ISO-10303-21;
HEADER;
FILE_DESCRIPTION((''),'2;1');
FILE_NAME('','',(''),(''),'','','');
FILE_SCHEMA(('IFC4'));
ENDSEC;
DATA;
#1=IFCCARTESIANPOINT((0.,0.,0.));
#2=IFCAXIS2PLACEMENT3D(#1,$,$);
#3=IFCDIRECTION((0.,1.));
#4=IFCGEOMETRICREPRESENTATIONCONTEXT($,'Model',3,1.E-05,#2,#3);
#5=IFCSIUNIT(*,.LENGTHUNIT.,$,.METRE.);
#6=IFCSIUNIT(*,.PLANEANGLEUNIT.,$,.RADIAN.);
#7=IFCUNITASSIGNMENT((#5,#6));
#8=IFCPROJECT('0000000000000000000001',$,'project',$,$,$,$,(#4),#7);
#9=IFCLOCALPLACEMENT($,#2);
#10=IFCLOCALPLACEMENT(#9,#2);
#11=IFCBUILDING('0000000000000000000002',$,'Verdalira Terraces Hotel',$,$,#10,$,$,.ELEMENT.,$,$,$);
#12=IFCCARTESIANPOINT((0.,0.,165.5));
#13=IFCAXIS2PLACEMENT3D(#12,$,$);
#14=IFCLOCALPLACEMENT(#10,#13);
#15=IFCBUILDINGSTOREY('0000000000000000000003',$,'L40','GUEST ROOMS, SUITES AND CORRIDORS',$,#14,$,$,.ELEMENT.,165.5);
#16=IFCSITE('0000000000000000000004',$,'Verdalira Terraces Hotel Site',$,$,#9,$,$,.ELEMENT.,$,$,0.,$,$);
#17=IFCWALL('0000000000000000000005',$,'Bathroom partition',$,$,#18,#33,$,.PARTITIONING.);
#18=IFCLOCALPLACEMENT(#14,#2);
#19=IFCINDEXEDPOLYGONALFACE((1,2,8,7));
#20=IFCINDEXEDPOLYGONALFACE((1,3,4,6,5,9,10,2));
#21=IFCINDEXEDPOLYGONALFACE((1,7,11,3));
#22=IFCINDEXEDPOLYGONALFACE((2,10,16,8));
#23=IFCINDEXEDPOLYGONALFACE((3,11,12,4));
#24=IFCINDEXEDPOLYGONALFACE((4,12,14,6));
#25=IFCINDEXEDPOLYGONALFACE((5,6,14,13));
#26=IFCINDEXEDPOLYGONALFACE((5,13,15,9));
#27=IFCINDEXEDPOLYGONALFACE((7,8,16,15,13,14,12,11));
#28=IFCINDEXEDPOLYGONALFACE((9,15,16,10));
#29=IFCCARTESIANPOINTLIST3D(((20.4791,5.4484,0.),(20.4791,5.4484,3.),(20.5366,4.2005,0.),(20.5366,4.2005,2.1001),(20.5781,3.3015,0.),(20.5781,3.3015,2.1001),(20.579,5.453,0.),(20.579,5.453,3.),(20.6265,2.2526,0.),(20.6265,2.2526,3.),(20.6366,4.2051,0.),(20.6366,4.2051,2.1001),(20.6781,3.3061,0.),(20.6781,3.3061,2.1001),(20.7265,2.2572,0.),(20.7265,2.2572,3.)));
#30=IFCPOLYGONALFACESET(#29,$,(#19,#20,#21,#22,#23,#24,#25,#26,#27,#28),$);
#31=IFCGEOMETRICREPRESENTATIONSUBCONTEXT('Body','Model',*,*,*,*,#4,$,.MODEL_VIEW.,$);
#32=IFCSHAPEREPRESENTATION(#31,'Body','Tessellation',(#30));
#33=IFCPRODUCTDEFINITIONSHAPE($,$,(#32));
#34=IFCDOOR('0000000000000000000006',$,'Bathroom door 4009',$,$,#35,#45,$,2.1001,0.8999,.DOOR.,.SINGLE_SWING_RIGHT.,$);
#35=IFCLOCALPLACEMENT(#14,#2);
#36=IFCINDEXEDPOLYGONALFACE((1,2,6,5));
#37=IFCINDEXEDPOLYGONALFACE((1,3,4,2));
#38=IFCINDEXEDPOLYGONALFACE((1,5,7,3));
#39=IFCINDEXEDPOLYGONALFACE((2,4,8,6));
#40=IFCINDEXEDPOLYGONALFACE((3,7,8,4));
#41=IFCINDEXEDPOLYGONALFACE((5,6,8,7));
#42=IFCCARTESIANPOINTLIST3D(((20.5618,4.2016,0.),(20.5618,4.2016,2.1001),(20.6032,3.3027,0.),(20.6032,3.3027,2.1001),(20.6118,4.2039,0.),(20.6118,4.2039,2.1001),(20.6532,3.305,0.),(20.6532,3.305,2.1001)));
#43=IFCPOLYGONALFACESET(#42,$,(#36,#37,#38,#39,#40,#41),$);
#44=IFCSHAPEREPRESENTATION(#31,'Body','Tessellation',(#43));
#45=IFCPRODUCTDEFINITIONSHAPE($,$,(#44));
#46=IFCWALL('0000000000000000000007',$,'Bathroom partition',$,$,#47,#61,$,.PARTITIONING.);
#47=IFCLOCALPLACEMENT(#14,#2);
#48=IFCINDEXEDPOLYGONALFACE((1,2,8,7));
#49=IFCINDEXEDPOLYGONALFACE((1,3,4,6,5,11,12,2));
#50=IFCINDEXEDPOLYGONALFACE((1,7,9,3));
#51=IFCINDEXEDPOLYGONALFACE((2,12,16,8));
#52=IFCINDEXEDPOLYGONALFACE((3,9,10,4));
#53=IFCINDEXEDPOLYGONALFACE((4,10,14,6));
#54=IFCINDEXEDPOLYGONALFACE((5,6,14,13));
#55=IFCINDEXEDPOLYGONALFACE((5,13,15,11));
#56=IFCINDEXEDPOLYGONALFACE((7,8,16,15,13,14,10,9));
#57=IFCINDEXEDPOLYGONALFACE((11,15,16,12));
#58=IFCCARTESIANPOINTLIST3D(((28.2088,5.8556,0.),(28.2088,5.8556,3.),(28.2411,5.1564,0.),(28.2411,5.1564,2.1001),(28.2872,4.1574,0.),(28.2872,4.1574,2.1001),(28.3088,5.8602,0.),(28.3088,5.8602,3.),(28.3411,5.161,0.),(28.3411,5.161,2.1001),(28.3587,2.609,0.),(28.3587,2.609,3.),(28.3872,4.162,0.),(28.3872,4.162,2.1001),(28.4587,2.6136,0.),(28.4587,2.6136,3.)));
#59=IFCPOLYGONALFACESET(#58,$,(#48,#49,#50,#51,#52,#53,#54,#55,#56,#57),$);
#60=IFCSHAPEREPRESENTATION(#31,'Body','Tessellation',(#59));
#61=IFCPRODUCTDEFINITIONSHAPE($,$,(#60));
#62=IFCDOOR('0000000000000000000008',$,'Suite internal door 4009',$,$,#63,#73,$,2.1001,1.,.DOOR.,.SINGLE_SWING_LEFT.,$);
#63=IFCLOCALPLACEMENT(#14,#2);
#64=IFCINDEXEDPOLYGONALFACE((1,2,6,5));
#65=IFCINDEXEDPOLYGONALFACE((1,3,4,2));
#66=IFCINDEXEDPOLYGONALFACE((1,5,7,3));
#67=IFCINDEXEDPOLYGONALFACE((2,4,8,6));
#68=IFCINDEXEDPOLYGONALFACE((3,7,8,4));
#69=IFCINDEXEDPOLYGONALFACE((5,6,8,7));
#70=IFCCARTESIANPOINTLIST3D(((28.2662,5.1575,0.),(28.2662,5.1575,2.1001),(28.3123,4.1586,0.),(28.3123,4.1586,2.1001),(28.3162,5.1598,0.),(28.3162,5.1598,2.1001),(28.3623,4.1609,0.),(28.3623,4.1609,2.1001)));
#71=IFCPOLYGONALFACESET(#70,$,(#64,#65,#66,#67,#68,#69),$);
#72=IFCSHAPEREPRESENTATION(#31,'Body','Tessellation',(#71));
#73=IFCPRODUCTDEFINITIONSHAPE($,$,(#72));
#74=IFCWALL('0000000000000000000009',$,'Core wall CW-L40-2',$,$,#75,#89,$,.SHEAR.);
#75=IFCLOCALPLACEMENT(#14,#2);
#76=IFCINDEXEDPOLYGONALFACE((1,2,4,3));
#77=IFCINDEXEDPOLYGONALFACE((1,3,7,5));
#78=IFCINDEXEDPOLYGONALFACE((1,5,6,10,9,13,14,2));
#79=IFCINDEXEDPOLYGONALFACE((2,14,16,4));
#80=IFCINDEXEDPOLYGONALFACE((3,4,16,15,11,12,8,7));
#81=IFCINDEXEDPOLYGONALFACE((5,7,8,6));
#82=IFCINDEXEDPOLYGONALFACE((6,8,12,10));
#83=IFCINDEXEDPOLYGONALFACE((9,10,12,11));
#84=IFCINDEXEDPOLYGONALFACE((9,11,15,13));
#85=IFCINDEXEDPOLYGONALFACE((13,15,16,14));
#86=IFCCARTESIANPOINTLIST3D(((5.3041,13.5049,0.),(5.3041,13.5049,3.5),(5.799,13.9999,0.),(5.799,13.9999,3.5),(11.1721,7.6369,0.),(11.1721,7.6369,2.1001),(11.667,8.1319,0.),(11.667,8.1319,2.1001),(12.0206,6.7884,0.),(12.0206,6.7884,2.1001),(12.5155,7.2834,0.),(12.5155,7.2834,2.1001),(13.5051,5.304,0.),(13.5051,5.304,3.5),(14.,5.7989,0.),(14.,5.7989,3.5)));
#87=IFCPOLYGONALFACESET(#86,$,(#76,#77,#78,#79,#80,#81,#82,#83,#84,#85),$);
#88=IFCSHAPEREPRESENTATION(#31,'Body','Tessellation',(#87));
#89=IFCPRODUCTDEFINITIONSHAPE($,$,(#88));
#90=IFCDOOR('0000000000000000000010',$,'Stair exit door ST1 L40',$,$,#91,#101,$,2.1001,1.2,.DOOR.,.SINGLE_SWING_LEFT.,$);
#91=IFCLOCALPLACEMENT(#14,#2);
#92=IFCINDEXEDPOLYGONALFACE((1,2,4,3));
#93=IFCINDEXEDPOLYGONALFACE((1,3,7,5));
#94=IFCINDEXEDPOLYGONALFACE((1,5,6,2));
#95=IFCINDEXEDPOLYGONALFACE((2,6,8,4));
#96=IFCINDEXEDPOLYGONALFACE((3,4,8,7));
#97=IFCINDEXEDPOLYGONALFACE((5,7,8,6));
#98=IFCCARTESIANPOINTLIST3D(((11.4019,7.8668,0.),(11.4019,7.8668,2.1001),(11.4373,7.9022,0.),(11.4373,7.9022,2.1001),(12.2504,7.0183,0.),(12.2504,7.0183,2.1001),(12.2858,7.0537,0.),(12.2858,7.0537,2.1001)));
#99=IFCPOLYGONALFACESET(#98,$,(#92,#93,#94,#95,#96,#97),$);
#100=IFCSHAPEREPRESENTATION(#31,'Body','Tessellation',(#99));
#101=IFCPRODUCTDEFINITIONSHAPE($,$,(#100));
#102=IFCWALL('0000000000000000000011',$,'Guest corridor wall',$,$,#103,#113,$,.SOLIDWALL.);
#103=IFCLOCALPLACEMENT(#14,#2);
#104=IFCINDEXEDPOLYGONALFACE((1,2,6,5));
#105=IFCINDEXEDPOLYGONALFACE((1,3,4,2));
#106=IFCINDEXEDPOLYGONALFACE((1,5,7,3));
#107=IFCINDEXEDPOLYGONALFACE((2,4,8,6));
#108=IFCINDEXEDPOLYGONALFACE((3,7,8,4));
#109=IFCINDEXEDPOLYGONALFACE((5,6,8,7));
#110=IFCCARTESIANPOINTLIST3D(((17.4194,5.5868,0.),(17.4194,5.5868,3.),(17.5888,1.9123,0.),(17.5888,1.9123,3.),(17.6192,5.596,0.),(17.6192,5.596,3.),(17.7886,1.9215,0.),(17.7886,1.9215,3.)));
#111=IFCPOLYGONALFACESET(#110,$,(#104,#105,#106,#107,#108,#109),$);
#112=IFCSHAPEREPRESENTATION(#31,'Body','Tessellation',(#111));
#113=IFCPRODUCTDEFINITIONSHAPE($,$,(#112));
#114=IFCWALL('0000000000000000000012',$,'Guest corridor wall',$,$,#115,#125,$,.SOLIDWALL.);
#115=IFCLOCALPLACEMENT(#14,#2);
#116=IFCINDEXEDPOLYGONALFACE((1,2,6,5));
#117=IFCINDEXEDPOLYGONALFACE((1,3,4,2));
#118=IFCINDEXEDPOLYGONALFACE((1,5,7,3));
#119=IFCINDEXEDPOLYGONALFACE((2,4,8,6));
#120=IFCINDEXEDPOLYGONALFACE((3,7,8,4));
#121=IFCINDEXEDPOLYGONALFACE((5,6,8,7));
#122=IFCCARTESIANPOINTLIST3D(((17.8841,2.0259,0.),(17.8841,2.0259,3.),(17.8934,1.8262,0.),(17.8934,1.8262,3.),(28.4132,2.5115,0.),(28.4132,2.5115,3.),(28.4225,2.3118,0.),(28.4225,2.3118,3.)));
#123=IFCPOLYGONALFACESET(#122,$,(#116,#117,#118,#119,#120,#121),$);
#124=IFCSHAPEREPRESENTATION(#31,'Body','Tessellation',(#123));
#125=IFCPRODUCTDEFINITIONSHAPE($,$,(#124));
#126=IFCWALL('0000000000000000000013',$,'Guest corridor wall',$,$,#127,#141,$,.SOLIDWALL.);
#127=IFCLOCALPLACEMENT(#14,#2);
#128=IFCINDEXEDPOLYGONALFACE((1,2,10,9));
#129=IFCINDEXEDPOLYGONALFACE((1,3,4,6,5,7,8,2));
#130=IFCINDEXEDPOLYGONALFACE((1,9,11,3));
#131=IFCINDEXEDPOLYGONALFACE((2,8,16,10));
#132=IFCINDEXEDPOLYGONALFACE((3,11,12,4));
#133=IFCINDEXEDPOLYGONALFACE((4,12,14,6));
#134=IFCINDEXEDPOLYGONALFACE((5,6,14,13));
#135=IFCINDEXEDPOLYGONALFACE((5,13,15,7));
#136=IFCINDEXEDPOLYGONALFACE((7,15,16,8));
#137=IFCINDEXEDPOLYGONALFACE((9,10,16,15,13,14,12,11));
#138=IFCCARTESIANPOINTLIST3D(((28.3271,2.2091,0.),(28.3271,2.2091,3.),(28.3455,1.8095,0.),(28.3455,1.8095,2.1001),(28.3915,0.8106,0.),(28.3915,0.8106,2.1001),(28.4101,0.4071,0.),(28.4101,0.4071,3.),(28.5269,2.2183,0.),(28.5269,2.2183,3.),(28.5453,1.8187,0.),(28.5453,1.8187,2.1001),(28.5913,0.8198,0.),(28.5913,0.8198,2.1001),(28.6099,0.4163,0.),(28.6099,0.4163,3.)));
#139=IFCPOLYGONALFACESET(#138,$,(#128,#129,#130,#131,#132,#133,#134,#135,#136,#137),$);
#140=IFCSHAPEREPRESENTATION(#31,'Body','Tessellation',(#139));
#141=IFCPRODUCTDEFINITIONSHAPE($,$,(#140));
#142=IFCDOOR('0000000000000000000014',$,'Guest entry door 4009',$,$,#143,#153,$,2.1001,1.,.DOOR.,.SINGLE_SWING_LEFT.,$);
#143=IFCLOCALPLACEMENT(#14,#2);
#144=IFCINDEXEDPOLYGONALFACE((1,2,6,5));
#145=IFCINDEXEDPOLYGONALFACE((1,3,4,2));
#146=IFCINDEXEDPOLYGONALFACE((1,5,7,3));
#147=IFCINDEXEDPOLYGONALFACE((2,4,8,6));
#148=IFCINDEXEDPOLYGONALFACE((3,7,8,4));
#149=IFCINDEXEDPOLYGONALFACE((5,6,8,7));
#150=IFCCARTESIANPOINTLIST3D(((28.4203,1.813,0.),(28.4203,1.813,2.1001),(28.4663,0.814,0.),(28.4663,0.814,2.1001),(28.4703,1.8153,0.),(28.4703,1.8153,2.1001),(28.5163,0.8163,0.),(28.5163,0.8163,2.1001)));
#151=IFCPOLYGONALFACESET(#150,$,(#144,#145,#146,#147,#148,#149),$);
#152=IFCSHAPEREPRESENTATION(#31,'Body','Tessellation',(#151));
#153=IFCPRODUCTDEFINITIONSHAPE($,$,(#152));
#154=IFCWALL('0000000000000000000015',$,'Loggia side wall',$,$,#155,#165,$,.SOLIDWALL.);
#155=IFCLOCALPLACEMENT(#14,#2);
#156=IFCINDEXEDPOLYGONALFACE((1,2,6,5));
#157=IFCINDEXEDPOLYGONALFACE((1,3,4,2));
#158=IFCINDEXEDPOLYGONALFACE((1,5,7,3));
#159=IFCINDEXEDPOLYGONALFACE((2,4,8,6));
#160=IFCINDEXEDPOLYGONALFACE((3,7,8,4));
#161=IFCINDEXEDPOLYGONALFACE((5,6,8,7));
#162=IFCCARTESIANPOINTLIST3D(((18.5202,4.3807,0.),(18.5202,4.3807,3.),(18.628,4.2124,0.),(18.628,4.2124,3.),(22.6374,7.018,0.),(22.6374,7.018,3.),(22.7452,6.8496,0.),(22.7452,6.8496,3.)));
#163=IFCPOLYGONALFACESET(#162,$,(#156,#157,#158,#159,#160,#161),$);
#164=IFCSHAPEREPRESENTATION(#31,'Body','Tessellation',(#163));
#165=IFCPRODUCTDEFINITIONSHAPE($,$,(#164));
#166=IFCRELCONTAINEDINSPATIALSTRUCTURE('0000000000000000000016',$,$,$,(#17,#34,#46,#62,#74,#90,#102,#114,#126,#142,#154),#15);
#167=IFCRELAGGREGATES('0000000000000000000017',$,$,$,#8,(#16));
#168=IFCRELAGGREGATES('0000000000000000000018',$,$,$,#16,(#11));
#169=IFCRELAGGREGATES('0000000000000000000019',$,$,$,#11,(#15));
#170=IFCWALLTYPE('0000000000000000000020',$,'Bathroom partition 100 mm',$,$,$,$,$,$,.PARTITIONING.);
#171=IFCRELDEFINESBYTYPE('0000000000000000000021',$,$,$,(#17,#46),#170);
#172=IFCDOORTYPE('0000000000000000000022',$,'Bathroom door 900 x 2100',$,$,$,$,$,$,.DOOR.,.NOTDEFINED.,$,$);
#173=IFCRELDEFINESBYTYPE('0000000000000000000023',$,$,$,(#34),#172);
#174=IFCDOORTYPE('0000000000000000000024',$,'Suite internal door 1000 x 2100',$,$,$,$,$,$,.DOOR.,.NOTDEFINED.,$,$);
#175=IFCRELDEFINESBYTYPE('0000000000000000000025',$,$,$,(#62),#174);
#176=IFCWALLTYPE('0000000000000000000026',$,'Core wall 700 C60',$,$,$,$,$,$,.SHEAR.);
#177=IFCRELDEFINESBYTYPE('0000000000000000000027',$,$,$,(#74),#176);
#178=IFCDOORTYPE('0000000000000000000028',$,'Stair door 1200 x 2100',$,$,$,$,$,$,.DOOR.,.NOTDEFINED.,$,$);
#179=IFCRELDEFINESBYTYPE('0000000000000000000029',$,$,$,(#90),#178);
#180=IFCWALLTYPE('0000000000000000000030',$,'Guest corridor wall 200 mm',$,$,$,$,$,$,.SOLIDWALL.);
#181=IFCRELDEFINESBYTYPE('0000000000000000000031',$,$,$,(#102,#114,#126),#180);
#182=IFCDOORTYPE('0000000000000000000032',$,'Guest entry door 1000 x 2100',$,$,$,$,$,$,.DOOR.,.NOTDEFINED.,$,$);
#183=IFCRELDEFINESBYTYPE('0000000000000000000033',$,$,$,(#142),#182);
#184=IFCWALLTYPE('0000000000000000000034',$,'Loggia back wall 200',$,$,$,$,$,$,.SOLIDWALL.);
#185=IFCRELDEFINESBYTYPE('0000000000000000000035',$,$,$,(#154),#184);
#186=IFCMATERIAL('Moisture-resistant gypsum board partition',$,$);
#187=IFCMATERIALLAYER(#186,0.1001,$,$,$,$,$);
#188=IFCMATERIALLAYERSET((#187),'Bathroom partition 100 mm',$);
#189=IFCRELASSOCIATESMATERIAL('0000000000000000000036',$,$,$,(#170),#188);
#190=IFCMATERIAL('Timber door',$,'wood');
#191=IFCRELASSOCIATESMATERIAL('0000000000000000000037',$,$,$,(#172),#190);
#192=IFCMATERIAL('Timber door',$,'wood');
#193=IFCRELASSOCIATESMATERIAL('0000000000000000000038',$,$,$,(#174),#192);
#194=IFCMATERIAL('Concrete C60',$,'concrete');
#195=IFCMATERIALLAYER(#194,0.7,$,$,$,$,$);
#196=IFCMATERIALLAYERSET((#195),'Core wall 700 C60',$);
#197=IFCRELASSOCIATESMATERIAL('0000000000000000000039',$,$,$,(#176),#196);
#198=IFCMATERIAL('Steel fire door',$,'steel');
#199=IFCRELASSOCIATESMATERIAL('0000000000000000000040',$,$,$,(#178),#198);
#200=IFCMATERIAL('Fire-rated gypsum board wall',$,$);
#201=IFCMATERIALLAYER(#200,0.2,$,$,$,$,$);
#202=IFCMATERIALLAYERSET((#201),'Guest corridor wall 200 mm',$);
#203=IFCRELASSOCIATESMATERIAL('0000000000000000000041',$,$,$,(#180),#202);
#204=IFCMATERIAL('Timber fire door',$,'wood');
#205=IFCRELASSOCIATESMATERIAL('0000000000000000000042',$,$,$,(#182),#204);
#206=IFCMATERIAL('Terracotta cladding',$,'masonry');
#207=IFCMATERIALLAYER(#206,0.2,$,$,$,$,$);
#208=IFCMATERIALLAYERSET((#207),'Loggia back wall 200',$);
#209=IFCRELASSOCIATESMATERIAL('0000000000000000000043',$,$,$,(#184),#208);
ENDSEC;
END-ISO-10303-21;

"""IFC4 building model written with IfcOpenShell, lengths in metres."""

from ifc_helpers import new_model, si_unit, direction, frame, frame_2d, origin, place, context, subcontext, project, spatial, rectangle, extrude, material, layer, layer_set, type_object, element, fill, save


model = new_model("IFC4")

# Units and contexts
model_context = context("Model", 3, precision=1e-05, world=origin(), true_north=direction((0.0, 1.0)))
body_context = subcontext(model_context, "Body", "Model", "MODEL_VIEW")
ifc_project = project(units=[si_unit("LENGTHUNIT", "METRE"), si_unit("PLANEANGLEUNIT", "RADIAN")], contexts=[model_context])

# Site, building, storey
site_placement = place(None, origin())
site = spatial("IfcSite", under=ifc_project, at=site_placement, Name="Verdalira Terraces Hotel Site", CompositionType="ELEMENT", RefElevation=0.0)
building_placement = place(site_placement, origin())
building = spatial("IfcBuilding", under=site, at=building_placement, Name="Verdalira Terraces Hotel", CompositionType="ELEMENT")
storey_placement = place(building_placement, frame((0.0, 0.0, 165.5)))
storey = spatial("IfcBuildingStorey", under=building, at=storey_placement, Name="L40", Description="GUEST ROOMS, SUITES AND CORRIDORS", CompositionType="ELEMENT", Elevation=165.5)

# Walls, openings, doors
ifc_material_1 = material(Name="Moisture-resistant gypsum board partition")
ifc_layer_1 = layer(ifc_material_1, 0.1001)
ifc_layer_set_1 = layer_set([ifc_layer_1], Name="Bathroom partition 100 mm")
wall_type_1 = type_object("IfcWallType", Name="Bathroom partition 100 mm", PredefinedType="PARTITIONING", material=ifc_layer_set_1)
wall_1_placement = place(storey_placement, frame((20.6765, 2.2549, 0.0), z_axis=(0.0, 0.0, 1.0), x_axis=(-0.046093, 0.998937, 0.0)))
wall_1 = element("IfcWall", 1, at=wall_1_placement, inside=storey, type_object=wall_type_1, Name="Bathroom partition", PredefinedType="PARTITIONING", context=body_context, shape_type="SweptSolid", body=[
    extrude(rectangle(XDim=3.1992, YDim=0.1001, at=frame_2d((1.5996, 0.0))), origin(), (0.0, 0.0, 1.0), 3.0),
])
opening_1_placement = place(wall_1_placement, frame((1.05, 0.0, 0.0)))
opening_1 = element("IfcOpeningElement", 2, at=opening_1_placement, cuts=wall_1, PredefinedType="OPENING", context=body_context, shape_type="SweptSolid", body=[
    extrude(rectangle(XDim=0.8999, YDim=2.1001, at=frame_2d((0.45, 1.05))), frame((0.0, 0.0601, 0.0), z_axis=(0.0, -1.0, 0.0), x_axis=(1.0, 0.0, 0.0)), (0.0, 0.0, 1.0), 0.1201),
])
ifc_material_2 = material(Name="Timber door", Category="wood")
door_type_1 = type_object("IfcDoorType", Name="Bathroom door 900 x 2100", OperationType="NOTDEFINED", PredefinedType="DOOR", material=ifc_material_2)
door_1_placement = place(opening_1_placement, origin())
door_1 = element("IfcDoor", 3, at=door_1_placement, inside=storey, type_object=door_type_1, Name="Bathroom door 4009", OperationType="SINGLE_SWING_RIGHT", OverallHeight=2.1001, OverallWidth=0.8999, PredefinedType="DOOR", context=body_context, shape_type="SweptSolid", body=[
    extrude(rectangle(XDim=0.8999, YDim=2.1001, at=frame_2d((0.45, 1.05))), frame((0.0, 0.0249, 0.0), z_axis=(0.0, -1.0, 0.0), x_axis=(1.0, 0.0, 0.0)), (0.0, 0.0, 1.0), 0.05),
])
fill(opening_1, door_1)
wall_2_placement = place(storey_placement, frame((28.4087, 2.6113, 0.0), z_axis=(0.0, 0.0, 1.0), x_axis=(-0.046123, 0.998936, 0.0)))
wall_2 = element("IfcWall", 4, at=wall_2_placement, inside=storey, type_object=wall_type_1, Name="Bathroom partition", PredefinedType="PARTITIONING", context=body_context, shape_type="SweptSolid", body=[
    extrude(rectangle(XDim=3.25, YDim=0.1001, at=frame_2d((1.625, 0.0))), origin(), (0.0, 0.0, 1.0), 3.0),
])
opening_2_placement = place(wall_2_placement, frame((1.55, 0.0, 0.0)))
opening_2 = element("IfcOpeningElement", 5, at=opening_2_placement, cuts=wall_2, PredefinedType="OPENING", context=body_context, shape_type="SweptSolid", body=[
    extrude(rectangle(XDim=1.0, YDim=2.1001, at=frame_2d((0.5, 1.05))), frame((0.0, 0.0601, 0.0), z_axis=(0.0, -1.0, 0.0), x_axis=(1.0, 0.0, 0.0)), (0.0, 0.0, 1.0), 0.1201),
])
ifc_material_3 = material(Name="Timber door", Category="wood")
door_type_2 = type_object("IfcDoorType", Name="Suite internal door 1000 x 2100", OperationType="NOTDEFINED", PredefinedType="DOOR", material=ifc_material_3)
door_2_placement = place(opening_2_placement, origin())
door_2 = element("IfcDoor", 6, at=door_2_placement, inside=storey, type_object=door_type_2, Name="Suite internal door 4009", OperationType="SINGLE_SWING_LEFT", OverallHeight=2.1001, OverallWidth=1.0, PredefinedType="DOOR", context=body_context, shape_type="SweptSolid", body=[
    extrude(rectangle(XDim=1.0, YDim=2.1001, at=frame_2d((0.5, 1.05))), frame((0.0, 0.0249, 0.0), z_axis=(0.0, -1.0, 0.0), x_axis=(1.0, 0.0, 0.0)), (0.0, 0.0, 1.0), 0.05),
])
fill(opening_2, door_2)
ifc_material_4 = material(Name="Concrete C60", Category="concrete")
ifc_layer_2 = layer(ifc_material_4, 0.7)
ifc_layer_set_2 = layer_set([ifc_layer_2], Name="Core wall 700 C60")
wall_type_2 = type_object("IfcWallType", Name="Core wall 700 C60", PredefinedType="SHEAR", material=ifc_layer_set_2)
wall_3_placement = place(storey_placement, frame((13.7524, 5.5515, 0.0), z_axis=(0.0, 0.0, 1.0), x_axis=(-0.707107, 0.707107, 0.0)))
wall_3 = element("IfcWall", 7, at=wall_3_placement, inside=storey, type_object=wall_type_2, Name="Core wall CW-L40-2", PredefinedType="SHEAR", context=body_context, shape_type="SweptSolid", body=[
    extrude(rectangle(XDim=11.5979, YDim=0.7, at=frame_2d((5.7988, 0.0))), origin(), (0.0, 0.0, 1.0), 3.5),
])
opening_3_placement = place(wall_3_placement, frame((2.0991, 0.0, 0.0)))
opening_3 = element("IfcOpeningElement", 8, at=opening_3_placement, cuts=wall_3, PredefinedType="OPENING", context=body_context, shape_type="SweptSolid", body=[
    extrude(rectangle(XDim=1.2, YDim=2.1001, at=frame_2d((0.6001, 1.05))), frame((0.0, 0.3599, 0.0), z_axis=(0.0, -1.0, 0.0), x_axis=(1.0, 0.0, 0.0)), (0.0, 0.0, 1.0), 0.72),
])
ifc_material_5 = material(Name="Steel fire door", Category="steel")
door_type_3 = type_object("IfcDoorType", Name="Stair door 1200 x 2100", OperationType="NOTDEFINED", PredefinedType="DOOR", material=ifc_material_5)
door_3_placement = place(opening_3_placement, origin())
door_3 = element("IfcDoor", 9, at=door_3_placement, inside=storey, type_object=door_type_3, Name="Stair exit door ST1 L40", OperationType="SINGLE_SWING_LEFT", OverallHeight=2.1001, OverallWidth=1.2, PredefinedType="DOOR", context=body_context, shape_type="SweptSolid", body=[
    extrude(rectangle(XDim=1.2, YDim=2.1001, at=frame_2d((0.6001, 1.05))), frame((0.0, 0.0249, 0.0), z_axis=(0.0, -1.0, 0.0), x_axis=(1.0, 0.0, 0.0)), (0.0, 0.0, 1.0), 0.05),
])
fill(opening_3, door_3)

# Walls
ifc_material_6 = material(Name="Fire-rated gypsum board wall")
ifc_layer_3 = layer(ifc_material_6, 0.2)
ifc_layer_set_3 = layer_set([ifc_layer_3], Name="Guest corridor wall 200 mm")
wall_type_3 = type_object("IfcWallType", Name="Guest corridor wall 200 mm", PredefinedType="SOLIDWALL", material=ifc_layer_set_3)
wall_4_placement = place(storey_placement, frame((17.6887, 1.9167, 0.0), z_axis=(0.0, 0.0, 1.0), x_axis=(-0.046061, 0.998939, 0.0)))
element("IfcWall", 10, at=wall_4_placement, inside=storey, type_object=wall_type_3, Name="Guest corridor wall", PredefinedType="SOLIDWALL", context=body_context, shape_type="SweptSolid", body=[
    extrude(rectangle(XDim=3.6785, YDim=0.2, at=frame_2d((1.8394, 0.0))), origin(), (0.0, 0.0, 1.0), 3.0),
])
wall_5_placement = place(storey_placement, frame((28.4177, 2.4116, 0.0), z_axis=(0.0, 0.0, 1.0), x_axis=(-0.998938, -0.046071, 0.0)))
element("IfcWall", 11, at=wall_5_placement, inside=storey, type_object=wall_type_3, Name="Guest corridor wall", PredefinedType="SOLIDWALL", context=body_context, shape_type="SweptSolid", body=[
    extrude(rectangle(XDim=10.5403, YDim=0.2, at=frame_2d((5.27, 0.0))), origin(), (0.0, 0.0, 1.0), 3.0),
])

# Wall, opening, door
wall_6_placement = place(storey_placement, frame((28.427, 2.2136, 0.0), z_axis=(0.0, 0.0, 1.0), x_axis=(0.046015, -0.998941, 0.0)))
wall_6 = element("IfcWall", 12, at=wall_6_placement, inside=storey, type_object=wall_type_3, Name="Guest corridor wall", PredefinedType="SOLIDWALL", context=body_context, shape_type="SweptSolid", body=[
    extrude(rectangle(XDim=1.804, YDim=0.2, at=frame_2d((0.9019, 0.0))), origin(), (0.0, 0.0, 1.0), 3.0),
])
opening_4_placement = place(wall_6_placement, frame((0.3999, 0.0, 0.0)))
opening_4 = element("IfcOpeningElement", 13, at=opening_4_placement, cuts=wall_6, PredefinedType="OPENING", context=body_context, shape_type="SweptSolid", body=[
    extrude(rectangle(XDim=1.0, YDim=2.1001, at=frame_2d((0.5, 1.05))), frame((0.0, 0.1099, 0.0), z_axis=(0.0, -1.0, 0.0), x_axis=(1.0, 0.0, 0.0)), (0.0, 0.0, 1.0), 0.22),
])
ifc_material_7 = material(Name="Timber fire door", Category="wood")
door_type_4 = type_object("IfcDoorType", Name="Guest entry door 1000 x 2100", OperationType="NOTDEFINED", PredefinedType="DOOR", material=ifc_material_7)
door_4_placement = place(opening_4_placement, origin())
door_4 = element("IfcDoor", 14, at=door_4_placement, inside=storey, type_object=door_type_4, Name="Guest entry door 4009", OperationType="SINGLE_SWING_LEFT", OverallHeight=2.1001, OverallWidth=1.0, PredefinedType="DOOR", context=body_context, shape_type="SweptSolid", body=[
    extrude(rectangle(XDim=1.0, YDim=2.1001, at=frame_2d((0.5, 1.05))), frame((0.0, 0.0249, 0.0), z_axis=(0.0, -1.0, 0.0), x_axis=(1.0, 0.0, 0.0)), (0.0, 0.0, 1.0), 0.05),
])
fill(opening_4, door_4)

# Wall
ifc_material_8 = material(Name="Terracotta cladding", Category="masonry")
ifc_layer_4 = layer(ifc_material_8, 0.2)
ifc_layer_set_4 = layer_set([ifc_layer_4], Name="Loggia back wall 200")
wall_type_4 = type_object("IfcWallType", Name="Loggia back wall 200", PredefinedType="SOLIDWALL", material=ifc_layer_set_4)
wall_7_placement = place(storey_placement, frame((22.6914, 6.9338, 0.0), z_axis=(0.0, 0.0, 1.0), x_axis=(-0.842066, -0.539374, 0.0)))
element("IfcWall", 15, at=wall_7_placement, inside=storey, type_object=wall_type_4, Name="Loggia side wall", PredefinedType="SOLIDWALL", context=body_context, shape_type="SweptSolid", body=[
    extrude(rectangle(XDim=4.8894, YDim=0.2, at=frame_2d((2.4448, 0.0))), origin(), (0.0, 0.0, 1.0), 3.0),
])

save(model, "model.ifc")
